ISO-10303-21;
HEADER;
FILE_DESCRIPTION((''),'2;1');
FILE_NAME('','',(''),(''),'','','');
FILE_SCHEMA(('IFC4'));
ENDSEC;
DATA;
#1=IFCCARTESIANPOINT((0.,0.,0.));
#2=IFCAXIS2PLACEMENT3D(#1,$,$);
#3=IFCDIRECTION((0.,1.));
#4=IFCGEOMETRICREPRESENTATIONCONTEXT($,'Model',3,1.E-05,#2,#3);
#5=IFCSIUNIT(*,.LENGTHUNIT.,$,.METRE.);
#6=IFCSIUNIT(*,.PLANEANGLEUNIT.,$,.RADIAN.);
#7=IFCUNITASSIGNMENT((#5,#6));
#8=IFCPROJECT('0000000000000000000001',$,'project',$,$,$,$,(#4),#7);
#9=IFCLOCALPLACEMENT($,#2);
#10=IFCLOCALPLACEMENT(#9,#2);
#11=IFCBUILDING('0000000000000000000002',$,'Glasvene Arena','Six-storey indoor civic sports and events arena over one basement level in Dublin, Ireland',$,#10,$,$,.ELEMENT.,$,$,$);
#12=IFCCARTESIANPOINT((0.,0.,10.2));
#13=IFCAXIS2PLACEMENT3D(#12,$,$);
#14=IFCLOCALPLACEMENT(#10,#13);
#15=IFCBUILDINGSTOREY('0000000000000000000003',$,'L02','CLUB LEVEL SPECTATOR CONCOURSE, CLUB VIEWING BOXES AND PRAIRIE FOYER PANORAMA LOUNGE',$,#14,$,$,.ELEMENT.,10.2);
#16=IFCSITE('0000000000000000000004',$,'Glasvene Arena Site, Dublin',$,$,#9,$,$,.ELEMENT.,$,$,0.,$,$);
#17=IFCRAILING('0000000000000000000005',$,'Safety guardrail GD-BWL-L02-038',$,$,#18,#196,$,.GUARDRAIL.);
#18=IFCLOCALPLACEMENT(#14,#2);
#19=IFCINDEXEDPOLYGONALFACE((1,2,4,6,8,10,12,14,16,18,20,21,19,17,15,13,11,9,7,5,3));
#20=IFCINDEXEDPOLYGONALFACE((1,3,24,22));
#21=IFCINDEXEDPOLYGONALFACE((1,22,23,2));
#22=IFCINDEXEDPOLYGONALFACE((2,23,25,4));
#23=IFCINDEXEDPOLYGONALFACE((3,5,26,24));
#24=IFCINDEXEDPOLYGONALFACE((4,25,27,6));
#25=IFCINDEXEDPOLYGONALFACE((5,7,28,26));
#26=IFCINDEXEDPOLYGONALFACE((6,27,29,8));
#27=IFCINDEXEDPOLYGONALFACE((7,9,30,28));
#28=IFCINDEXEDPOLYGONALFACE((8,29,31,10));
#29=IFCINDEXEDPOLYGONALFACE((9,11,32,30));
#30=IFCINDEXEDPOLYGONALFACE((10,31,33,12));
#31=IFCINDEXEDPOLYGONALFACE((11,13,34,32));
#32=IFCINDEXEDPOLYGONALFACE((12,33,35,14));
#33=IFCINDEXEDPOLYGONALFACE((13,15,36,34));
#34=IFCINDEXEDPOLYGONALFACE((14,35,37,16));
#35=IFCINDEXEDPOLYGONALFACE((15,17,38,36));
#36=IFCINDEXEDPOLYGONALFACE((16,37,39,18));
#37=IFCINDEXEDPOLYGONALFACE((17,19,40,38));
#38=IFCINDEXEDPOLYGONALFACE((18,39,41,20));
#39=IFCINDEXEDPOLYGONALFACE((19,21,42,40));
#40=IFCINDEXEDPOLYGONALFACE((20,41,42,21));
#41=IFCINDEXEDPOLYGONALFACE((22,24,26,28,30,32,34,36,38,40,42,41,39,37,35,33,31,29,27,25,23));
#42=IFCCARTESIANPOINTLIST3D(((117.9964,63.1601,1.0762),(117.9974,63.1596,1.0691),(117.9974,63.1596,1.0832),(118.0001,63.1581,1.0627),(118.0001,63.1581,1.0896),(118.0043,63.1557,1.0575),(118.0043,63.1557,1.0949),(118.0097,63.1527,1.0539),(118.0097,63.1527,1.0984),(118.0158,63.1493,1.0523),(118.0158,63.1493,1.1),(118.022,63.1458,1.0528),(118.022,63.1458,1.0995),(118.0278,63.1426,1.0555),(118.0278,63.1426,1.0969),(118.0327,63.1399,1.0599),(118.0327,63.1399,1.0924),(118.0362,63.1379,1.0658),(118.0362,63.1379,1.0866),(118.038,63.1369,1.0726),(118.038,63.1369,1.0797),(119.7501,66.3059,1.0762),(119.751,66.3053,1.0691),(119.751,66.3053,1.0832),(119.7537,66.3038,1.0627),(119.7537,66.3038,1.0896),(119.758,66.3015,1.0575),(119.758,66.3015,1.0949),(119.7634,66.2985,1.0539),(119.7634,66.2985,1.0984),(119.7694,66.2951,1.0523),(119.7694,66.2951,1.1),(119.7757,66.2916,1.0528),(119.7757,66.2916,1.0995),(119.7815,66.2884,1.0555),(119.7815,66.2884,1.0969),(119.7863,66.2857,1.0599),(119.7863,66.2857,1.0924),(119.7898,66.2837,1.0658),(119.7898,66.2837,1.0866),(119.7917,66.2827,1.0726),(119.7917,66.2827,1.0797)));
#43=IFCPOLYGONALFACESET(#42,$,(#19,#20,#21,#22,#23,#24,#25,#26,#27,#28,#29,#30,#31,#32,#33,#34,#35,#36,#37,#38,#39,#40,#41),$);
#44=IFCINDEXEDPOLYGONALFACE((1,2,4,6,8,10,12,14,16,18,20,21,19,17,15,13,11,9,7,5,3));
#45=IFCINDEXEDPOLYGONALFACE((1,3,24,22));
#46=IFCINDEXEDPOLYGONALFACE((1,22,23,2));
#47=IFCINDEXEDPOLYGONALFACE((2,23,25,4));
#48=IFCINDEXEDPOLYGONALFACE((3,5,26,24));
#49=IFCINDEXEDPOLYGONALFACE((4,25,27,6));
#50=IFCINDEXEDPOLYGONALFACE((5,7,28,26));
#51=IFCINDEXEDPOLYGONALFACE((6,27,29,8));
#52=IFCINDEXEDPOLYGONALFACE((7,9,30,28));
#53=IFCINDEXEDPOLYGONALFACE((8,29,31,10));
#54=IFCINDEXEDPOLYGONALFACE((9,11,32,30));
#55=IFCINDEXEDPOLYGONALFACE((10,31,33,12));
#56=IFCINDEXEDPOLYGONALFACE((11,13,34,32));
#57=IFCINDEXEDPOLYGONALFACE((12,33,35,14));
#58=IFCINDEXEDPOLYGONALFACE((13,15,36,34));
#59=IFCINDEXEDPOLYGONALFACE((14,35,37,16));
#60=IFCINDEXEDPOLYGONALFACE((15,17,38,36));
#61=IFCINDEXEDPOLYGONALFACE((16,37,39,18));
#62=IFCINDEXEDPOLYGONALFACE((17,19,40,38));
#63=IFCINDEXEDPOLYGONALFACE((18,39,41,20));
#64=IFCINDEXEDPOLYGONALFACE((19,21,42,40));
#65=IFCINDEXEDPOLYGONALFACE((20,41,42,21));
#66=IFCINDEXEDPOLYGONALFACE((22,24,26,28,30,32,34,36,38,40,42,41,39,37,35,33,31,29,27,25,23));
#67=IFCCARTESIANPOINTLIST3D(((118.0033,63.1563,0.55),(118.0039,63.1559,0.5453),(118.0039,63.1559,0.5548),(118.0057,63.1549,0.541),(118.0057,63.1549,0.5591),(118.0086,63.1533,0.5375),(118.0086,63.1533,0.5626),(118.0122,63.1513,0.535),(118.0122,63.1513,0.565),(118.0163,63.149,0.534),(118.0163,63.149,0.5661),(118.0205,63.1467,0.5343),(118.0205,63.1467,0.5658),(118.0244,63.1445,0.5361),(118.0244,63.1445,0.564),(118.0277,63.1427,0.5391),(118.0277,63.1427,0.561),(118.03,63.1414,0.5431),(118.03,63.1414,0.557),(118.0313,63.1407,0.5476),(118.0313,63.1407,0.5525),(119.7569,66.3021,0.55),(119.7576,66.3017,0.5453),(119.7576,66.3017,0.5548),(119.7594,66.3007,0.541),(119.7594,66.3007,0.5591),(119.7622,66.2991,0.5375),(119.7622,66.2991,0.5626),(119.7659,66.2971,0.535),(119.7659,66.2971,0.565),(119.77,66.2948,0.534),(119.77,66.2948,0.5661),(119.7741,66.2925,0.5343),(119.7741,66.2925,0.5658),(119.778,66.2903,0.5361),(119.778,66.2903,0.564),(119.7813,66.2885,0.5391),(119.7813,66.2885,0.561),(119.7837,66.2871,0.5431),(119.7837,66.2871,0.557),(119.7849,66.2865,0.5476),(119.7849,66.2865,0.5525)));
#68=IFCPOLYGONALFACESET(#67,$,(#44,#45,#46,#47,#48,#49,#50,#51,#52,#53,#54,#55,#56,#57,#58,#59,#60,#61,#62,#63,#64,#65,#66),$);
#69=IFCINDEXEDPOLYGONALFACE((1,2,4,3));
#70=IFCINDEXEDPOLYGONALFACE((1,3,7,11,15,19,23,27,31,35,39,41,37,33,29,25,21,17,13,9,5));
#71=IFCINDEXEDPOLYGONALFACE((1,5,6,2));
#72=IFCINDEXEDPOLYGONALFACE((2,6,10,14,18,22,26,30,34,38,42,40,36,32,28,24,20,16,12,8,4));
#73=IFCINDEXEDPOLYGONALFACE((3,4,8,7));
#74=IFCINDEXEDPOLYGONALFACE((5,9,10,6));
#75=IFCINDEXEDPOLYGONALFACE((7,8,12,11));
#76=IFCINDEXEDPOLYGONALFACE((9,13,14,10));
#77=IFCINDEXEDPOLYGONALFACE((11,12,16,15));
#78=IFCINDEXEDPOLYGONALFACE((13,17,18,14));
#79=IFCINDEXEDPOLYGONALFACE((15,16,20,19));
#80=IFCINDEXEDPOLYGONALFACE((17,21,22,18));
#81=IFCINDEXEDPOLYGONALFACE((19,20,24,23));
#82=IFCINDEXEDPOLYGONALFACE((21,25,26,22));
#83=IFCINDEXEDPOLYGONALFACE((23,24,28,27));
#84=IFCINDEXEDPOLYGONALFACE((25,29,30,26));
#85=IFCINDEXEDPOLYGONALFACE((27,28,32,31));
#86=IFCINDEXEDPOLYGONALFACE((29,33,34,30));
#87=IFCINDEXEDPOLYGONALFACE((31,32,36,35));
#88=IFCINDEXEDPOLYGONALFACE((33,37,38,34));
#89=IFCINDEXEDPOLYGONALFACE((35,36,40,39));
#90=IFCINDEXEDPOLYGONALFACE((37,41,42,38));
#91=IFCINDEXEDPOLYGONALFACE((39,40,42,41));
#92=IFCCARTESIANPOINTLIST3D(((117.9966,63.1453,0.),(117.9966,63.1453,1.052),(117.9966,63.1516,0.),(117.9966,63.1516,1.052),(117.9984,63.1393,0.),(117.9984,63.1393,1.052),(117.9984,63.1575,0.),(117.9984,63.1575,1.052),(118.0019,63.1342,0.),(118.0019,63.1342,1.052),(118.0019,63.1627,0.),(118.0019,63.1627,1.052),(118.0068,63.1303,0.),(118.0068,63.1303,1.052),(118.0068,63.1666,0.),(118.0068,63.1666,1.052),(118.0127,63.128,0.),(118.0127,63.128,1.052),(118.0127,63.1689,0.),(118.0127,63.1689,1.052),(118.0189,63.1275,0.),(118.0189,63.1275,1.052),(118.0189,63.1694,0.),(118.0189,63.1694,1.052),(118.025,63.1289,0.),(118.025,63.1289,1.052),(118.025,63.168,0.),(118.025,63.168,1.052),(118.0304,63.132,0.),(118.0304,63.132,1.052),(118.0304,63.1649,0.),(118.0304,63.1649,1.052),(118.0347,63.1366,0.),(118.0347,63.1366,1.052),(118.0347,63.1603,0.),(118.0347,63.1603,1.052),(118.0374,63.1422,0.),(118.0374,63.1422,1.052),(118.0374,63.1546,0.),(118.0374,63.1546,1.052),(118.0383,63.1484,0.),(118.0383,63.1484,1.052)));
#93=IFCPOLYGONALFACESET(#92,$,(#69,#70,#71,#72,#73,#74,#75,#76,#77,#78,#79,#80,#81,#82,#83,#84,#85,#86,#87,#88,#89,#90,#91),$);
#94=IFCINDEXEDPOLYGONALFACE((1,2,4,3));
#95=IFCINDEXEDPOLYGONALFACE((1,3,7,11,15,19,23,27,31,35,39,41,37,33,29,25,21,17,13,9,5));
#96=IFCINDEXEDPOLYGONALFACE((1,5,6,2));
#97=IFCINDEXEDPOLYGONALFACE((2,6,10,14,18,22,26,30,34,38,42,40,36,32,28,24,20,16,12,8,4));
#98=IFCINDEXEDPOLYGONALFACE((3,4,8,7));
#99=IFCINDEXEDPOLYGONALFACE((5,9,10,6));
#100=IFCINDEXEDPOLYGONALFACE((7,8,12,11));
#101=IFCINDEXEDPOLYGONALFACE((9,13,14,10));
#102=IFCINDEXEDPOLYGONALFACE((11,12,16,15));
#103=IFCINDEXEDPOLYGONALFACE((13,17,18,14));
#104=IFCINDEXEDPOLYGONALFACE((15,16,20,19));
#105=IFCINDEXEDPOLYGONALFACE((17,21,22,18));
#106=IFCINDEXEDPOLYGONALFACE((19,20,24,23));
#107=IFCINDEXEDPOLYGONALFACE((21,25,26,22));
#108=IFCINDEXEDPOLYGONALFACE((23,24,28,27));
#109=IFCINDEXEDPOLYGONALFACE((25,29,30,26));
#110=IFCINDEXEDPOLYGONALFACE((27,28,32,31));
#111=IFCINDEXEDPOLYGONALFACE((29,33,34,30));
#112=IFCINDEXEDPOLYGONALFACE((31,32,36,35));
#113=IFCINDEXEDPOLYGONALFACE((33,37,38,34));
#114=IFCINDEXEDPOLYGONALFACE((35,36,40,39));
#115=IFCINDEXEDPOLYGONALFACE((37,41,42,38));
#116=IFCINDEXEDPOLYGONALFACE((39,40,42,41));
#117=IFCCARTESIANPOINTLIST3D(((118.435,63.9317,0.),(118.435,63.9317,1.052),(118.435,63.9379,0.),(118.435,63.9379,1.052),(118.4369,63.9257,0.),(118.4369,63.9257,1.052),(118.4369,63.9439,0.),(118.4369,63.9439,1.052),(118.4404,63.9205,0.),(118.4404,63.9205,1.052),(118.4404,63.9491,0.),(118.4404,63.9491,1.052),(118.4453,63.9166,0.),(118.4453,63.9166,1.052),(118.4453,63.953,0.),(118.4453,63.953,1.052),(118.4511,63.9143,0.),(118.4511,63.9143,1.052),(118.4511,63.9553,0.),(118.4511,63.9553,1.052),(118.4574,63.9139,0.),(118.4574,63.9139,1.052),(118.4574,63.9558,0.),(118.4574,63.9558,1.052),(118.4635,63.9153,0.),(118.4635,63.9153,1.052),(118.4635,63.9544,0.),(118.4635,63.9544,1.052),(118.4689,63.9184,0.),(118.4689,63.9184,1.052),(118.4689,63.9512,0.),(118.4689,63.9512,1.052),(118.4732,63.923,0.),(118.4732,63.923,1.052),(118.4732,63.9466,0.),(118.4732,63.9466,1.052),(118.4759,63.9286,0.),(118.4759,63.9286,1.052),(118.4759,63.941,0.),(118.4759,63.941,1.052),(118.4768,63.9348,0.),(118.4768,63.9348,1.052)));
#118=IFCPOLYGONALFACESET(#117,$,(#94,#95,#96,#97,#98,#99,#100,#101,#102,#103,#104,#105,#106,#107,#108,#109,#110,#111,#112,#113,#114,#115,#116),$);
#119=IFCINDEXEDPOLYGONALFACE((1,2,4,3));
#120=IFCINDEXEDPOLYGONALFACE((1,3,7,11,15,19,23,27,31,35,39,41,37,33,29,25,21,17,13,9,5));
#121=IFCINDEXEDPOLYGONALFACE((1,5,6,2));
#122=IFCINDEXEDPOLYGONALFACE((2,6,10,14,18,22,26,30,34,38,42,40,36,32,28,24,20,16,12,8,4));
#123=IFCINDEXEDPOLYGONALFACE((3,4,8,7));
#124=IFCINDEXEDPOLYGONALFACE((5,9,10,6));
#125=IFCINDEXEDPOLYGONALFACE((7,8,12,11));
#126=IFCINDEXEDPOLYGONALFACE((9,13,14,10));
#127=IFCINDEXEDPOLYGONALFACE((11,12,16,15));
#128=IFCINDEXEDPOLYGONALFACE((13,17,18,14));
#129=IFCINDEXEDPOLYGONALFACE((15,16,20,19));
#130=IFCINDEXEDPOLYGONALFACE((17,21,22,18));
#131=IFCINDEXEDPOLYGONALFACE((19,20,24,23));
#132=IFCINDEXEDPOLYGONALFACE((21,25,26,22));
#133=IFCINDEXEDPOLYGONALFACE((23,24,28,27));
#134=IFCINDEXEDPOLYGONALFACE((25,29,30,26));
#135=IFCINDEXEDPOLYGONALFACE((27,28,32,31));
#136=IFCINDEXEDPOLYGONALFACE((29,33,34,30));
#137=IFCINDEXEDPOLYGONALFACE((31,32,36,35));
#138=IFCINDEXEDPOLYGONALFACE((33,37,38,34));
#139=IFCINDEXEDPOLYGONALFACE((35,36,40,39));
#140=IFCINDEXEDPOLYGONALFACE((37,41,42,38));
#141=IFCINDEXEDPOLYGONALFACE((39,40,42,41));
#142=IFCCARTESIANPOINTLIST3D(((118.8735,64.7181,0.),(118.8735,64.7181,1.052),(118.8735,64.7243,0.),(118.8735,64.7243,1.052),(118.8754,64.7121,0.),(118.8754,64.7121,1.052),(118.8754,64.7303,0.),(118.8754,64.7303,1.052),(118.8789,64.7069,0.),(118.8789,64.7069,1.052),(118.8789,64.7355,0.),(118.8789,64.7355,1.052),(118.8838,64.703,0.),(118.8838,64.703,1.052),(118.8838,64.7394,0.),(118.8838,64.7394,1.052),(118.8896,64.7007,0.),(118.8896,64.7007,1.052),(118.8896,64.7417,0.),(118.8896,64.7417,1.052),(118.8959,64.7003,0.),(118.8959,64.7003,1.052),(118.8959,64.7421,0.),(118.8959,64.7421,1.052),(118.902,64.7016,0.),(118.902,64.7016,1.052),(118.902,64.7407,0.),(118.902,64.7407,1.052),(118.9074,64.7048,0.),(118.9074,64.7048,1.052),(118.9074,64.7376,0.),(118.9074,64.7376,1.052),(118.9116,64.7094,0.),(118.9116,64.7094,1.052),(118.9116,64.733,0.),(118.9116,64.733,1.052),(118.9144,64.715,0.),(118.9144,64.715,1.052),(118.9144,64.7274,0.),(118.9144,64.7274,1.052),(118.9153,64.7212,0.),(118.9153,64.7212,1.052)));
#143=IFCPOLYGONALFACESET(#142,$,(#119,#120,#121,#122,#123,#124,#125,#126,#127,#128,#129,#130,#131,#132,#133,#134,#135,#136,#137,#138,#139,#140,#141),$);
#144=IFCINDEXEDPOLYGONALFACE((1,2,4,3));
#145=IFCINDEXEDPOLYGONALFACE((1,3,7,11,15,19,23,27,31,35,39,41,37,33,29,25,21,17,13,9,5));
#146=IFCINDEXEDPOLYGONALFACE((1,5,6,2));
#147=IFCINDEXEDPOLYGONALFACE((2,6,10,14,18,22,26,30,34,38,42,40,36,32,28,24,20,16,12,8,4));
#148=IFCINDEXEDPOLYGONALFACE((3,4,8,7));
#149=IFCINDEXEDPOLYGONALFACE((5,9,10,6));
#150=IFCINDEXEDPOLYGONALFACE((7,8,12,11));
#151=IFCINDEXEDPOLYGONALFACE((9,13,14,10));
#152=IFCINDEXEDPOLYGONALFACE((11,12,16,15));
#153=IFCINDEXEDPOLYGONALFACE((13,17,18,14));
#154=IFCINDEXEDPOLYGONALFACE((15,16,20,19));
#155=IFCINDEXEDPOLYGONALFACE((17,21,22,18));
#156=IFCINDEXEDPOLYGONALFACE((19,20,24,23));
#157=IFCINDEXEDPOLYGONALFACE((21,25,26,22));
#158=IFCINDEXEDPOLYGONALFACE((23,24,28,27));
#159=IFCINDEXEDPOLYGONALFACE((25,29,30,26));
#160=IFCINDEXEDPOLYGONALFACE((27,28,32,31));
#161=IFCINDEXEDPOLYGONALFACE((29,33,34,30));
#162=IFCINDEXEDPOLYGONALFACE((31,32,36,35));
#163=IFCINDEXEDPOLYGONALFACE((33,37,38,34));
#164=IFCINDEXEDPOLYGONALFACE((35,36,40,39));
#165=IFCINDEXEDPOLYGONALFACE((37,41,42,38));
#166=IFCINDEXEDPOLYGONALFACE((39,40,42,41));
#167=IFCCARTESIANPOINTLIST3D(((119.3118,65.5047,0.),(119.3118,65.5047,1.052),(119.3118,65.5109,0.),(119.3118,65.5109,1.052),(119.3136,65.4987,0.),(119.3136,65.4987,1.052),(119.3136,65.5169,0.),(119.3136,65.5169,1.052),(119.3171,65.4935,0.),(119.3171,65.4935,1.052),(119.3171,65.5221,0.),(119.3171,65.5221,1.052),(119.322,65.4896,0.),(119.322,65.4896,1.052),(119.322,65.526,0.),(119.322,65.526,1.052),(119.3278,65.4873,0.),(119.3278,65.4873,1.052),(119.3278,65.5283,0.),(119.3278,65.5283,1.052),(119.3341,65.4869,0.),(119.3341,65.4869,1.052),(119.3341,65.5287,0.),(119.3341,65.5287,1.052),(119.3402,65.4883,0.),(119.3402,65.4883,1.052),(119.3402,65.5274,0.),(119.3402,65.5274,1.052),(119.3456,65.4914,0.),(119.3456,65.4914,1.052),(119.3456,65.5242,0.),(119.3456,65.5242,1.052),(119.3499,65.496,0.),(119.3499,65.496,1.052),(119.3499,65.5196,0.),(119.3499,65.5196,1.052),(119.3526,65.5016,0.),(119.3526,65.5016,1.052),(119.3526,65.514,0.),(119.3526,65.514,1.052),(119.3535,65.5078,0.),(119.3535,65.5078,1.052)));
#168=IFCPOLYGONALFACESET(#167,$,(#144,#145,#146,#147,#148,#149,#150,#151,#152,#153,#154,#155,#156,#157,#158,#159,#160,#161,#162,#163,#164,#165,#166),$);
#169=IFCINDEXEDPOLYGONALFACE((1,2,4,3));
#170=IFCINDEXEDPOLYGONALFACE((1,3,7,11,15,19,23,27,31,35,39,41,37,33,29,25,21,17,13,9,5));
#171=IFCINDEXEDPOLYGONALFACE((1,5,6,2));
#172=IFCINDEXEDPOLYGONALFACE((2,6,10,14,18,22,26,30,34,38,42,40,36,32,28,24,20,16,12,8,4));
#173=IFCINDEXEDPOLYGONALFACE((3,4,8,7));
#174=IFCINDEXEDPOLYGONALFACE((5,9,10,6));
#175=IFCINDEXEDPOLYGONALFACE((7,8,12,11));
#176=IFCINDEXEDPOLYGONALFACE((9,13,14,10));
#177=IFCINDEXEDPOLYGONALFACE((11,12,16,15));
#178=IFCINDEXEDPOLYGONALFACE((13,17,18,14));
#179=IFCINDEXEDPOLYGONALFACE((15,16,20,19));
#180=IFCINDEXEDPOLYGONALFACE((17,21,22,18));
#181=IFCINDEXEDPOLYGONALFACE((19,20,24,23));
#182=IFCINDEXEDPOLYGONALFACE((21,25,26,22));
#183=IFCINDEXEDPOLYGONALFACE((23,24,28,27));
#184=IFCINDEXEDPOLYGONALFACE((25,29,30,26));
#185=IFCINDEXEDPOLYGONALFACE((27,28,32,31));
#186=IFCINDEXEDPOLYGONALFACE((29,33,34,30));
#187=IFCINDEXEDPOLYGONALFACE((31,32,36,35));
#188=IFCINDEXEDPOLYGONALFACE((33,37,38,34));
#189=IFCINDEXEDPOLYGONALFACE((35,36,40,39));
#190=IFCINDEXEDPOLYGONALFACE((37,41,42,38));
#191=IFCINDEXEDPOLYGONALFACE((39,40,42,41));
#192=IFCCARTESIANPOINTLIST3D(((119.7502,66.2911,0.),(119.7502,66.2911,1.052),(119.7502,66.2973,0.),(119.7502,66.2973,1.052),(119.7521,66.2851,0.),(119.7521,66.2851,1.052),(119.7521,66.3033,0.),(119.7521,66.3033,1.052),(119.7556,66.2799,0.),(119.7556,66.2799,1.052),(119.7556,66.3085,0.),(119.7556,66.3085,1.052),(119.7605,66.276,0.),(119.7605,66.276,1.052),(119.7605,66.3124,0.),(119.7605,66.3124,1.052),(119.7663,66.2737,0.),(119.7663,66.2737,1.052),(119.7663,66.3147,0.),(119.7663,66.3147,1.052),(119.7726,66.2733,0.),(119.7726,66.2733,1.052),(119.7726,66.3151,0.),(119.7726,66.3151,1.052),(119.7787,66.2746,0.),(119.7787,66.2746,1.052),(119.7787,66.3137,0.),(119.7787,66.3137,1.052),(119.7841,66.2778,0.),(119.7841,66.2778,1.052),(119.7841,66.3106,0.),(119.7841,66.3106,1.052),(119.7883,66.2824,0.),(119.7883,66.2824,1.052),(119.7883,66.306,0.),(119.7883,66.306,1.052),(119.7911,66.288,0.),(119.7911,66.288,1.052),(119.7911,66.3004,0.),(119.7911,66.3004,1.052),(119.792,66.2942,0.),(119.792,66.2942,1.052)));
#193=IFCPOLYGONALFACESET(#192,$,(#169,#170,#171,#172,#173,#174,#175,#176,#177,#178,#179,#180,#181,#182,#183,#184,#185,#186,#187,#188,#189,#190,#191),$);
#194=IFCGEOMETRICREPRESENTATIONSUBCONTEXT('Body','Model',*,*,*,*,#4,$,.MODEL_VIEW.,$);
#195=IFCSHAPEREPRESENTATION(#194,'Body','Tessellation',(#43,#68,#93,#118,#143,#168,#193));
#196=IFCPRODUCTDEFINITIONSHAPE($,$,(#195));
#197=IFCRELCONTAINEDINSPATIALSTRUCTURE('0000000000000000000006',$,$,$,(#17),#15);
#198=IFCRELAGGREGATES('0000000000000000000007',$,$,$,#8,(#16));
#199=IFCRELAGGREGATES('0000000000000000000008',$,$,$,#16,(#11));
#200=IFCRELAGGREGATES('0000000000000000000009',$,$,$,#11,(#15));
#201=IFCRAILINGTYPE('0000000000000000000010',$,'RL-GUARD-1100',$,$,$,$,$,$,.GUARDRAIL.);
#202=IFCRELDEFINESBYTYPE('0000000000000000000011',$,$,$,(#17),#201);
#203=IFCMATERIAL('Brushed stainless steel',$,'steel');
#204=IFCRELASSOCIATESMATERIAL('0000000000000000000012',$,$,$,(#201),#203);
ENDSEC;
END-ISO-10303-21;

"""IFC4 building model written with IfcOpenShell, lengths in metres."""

from ifc_helpers import new_model, si_unit, direction, frame, origin, origin_2d, place, context, subcontext, project, spatial, circle, extrude, material, type_object, element, save


model = new_model("IFC4")

# Units and contexts
model_context = context("Model", 3, precision=1e-05, world=origin(), true_north=direction((0.0, 1.0)))
body_context = subcontext(model_context, "Body", "Model", "MODEL_VIEW")
ifc_project = project(units=[si_unit("LENGTHUNIT", "METRE"), si_unit("PLANEANGLEUNIT", "RADIAN")], contexts=[model_context])

# Site, building, storey
site_placement = place(None, origin())
site = spatial("IfcSite", under=ifc_project, at=site_placement, Name="Glasvene Arena Site, Dublin", CompositionType="ELEMENT", RefElevation=0.0)
building_placement = place(site_placement, origin())
building = spatial("IfcBuilding", under=site, at=building_placement, Name="Glasvene Arena", Description="Six-storey indoor civic sports and events arena over one basement level in Dublin, Ireland", CompositionType="ELEMENT")
storey_placement = place(building_placement, frame((0.0, 0.0, 10.2)))
storey = spatial("IfcBuildingStorey", under=building, at=storey_placement, Name="L02", Description="CLUB LEVEL SPECTATOR CONCOURSE, CLUB VIEWING BOXES AND PRAIRIE FOYER PANORAMA LOUNGE", CompositionType="ELEMENT", Elevation=10.2)

# Railing
ifc_material_1 = material(Name="Brushed stainless steel", Category="steel")
railing_type_1 = type_object("IfcRailingType", Name="RL-GUARD-1100", PredefinedType="GUARDRAIL", material=ifc_material_1)
railing_1_placement = place(storey_placement, frame((118.0173, 63.1484, 0.0)))
element("IfcRailing", 1, at=railing_1_placement, inside=storey, type_object=railing_type_1, Name="Safety guardrail GD-BWL-L02-038", PredefinedType="GUARDRAIL", context=body_context, shape_type="SweptSolid", body=[
    extrude(circle(Radius=0.0239, at=origin_2d()), frame((0.0, 0.0, 1.0762), z_axis=(0.48692, 0.873446, 0.0), x_axis=(-0.873446, 0.48692, 0.0)), (0.0, 0.0, 1.0), 3.6016),
    extrude(circle(Radius=0.0161, at=origin_2d()), frame((0.0, 0.0, 0.55), z_axis=(0.48692, 0.873446, 0.0), x_axis=(-0.873446, 0.48692, 0.0)), (0.0, 0.0, 1.0), 3.6016),
    extrude(circle(Radius=0.021, at=origin_2d()), origin(), (0.0, 0.0, 1.0), 1.052),
    extrude(circle(Radius=0.021, at=origin_2d()), frame((0.4385, 0.7864, 0.0)), (0.0, 0.0, 1.0), 1.052),
    extrude(circle(Radius=0.021, at=origin_2d()), frame((0.877, 1.5728, 0.0)), (0.0, 0.0, 1.0), 1.052),
    extrude(circle(Radius=0.021, at=origin_2d()), frame((1.3152, 2.3594, 0.0)), (0.0, 0.0, 1.0), 1.052),
    extrude(circle(Radius=0.021, at=origin_2d()), frame((1.7537, 3.1458, 0.0)), (0.0, 0.0, 1.0), 1.052),
])

save(model, "model.ifc")
